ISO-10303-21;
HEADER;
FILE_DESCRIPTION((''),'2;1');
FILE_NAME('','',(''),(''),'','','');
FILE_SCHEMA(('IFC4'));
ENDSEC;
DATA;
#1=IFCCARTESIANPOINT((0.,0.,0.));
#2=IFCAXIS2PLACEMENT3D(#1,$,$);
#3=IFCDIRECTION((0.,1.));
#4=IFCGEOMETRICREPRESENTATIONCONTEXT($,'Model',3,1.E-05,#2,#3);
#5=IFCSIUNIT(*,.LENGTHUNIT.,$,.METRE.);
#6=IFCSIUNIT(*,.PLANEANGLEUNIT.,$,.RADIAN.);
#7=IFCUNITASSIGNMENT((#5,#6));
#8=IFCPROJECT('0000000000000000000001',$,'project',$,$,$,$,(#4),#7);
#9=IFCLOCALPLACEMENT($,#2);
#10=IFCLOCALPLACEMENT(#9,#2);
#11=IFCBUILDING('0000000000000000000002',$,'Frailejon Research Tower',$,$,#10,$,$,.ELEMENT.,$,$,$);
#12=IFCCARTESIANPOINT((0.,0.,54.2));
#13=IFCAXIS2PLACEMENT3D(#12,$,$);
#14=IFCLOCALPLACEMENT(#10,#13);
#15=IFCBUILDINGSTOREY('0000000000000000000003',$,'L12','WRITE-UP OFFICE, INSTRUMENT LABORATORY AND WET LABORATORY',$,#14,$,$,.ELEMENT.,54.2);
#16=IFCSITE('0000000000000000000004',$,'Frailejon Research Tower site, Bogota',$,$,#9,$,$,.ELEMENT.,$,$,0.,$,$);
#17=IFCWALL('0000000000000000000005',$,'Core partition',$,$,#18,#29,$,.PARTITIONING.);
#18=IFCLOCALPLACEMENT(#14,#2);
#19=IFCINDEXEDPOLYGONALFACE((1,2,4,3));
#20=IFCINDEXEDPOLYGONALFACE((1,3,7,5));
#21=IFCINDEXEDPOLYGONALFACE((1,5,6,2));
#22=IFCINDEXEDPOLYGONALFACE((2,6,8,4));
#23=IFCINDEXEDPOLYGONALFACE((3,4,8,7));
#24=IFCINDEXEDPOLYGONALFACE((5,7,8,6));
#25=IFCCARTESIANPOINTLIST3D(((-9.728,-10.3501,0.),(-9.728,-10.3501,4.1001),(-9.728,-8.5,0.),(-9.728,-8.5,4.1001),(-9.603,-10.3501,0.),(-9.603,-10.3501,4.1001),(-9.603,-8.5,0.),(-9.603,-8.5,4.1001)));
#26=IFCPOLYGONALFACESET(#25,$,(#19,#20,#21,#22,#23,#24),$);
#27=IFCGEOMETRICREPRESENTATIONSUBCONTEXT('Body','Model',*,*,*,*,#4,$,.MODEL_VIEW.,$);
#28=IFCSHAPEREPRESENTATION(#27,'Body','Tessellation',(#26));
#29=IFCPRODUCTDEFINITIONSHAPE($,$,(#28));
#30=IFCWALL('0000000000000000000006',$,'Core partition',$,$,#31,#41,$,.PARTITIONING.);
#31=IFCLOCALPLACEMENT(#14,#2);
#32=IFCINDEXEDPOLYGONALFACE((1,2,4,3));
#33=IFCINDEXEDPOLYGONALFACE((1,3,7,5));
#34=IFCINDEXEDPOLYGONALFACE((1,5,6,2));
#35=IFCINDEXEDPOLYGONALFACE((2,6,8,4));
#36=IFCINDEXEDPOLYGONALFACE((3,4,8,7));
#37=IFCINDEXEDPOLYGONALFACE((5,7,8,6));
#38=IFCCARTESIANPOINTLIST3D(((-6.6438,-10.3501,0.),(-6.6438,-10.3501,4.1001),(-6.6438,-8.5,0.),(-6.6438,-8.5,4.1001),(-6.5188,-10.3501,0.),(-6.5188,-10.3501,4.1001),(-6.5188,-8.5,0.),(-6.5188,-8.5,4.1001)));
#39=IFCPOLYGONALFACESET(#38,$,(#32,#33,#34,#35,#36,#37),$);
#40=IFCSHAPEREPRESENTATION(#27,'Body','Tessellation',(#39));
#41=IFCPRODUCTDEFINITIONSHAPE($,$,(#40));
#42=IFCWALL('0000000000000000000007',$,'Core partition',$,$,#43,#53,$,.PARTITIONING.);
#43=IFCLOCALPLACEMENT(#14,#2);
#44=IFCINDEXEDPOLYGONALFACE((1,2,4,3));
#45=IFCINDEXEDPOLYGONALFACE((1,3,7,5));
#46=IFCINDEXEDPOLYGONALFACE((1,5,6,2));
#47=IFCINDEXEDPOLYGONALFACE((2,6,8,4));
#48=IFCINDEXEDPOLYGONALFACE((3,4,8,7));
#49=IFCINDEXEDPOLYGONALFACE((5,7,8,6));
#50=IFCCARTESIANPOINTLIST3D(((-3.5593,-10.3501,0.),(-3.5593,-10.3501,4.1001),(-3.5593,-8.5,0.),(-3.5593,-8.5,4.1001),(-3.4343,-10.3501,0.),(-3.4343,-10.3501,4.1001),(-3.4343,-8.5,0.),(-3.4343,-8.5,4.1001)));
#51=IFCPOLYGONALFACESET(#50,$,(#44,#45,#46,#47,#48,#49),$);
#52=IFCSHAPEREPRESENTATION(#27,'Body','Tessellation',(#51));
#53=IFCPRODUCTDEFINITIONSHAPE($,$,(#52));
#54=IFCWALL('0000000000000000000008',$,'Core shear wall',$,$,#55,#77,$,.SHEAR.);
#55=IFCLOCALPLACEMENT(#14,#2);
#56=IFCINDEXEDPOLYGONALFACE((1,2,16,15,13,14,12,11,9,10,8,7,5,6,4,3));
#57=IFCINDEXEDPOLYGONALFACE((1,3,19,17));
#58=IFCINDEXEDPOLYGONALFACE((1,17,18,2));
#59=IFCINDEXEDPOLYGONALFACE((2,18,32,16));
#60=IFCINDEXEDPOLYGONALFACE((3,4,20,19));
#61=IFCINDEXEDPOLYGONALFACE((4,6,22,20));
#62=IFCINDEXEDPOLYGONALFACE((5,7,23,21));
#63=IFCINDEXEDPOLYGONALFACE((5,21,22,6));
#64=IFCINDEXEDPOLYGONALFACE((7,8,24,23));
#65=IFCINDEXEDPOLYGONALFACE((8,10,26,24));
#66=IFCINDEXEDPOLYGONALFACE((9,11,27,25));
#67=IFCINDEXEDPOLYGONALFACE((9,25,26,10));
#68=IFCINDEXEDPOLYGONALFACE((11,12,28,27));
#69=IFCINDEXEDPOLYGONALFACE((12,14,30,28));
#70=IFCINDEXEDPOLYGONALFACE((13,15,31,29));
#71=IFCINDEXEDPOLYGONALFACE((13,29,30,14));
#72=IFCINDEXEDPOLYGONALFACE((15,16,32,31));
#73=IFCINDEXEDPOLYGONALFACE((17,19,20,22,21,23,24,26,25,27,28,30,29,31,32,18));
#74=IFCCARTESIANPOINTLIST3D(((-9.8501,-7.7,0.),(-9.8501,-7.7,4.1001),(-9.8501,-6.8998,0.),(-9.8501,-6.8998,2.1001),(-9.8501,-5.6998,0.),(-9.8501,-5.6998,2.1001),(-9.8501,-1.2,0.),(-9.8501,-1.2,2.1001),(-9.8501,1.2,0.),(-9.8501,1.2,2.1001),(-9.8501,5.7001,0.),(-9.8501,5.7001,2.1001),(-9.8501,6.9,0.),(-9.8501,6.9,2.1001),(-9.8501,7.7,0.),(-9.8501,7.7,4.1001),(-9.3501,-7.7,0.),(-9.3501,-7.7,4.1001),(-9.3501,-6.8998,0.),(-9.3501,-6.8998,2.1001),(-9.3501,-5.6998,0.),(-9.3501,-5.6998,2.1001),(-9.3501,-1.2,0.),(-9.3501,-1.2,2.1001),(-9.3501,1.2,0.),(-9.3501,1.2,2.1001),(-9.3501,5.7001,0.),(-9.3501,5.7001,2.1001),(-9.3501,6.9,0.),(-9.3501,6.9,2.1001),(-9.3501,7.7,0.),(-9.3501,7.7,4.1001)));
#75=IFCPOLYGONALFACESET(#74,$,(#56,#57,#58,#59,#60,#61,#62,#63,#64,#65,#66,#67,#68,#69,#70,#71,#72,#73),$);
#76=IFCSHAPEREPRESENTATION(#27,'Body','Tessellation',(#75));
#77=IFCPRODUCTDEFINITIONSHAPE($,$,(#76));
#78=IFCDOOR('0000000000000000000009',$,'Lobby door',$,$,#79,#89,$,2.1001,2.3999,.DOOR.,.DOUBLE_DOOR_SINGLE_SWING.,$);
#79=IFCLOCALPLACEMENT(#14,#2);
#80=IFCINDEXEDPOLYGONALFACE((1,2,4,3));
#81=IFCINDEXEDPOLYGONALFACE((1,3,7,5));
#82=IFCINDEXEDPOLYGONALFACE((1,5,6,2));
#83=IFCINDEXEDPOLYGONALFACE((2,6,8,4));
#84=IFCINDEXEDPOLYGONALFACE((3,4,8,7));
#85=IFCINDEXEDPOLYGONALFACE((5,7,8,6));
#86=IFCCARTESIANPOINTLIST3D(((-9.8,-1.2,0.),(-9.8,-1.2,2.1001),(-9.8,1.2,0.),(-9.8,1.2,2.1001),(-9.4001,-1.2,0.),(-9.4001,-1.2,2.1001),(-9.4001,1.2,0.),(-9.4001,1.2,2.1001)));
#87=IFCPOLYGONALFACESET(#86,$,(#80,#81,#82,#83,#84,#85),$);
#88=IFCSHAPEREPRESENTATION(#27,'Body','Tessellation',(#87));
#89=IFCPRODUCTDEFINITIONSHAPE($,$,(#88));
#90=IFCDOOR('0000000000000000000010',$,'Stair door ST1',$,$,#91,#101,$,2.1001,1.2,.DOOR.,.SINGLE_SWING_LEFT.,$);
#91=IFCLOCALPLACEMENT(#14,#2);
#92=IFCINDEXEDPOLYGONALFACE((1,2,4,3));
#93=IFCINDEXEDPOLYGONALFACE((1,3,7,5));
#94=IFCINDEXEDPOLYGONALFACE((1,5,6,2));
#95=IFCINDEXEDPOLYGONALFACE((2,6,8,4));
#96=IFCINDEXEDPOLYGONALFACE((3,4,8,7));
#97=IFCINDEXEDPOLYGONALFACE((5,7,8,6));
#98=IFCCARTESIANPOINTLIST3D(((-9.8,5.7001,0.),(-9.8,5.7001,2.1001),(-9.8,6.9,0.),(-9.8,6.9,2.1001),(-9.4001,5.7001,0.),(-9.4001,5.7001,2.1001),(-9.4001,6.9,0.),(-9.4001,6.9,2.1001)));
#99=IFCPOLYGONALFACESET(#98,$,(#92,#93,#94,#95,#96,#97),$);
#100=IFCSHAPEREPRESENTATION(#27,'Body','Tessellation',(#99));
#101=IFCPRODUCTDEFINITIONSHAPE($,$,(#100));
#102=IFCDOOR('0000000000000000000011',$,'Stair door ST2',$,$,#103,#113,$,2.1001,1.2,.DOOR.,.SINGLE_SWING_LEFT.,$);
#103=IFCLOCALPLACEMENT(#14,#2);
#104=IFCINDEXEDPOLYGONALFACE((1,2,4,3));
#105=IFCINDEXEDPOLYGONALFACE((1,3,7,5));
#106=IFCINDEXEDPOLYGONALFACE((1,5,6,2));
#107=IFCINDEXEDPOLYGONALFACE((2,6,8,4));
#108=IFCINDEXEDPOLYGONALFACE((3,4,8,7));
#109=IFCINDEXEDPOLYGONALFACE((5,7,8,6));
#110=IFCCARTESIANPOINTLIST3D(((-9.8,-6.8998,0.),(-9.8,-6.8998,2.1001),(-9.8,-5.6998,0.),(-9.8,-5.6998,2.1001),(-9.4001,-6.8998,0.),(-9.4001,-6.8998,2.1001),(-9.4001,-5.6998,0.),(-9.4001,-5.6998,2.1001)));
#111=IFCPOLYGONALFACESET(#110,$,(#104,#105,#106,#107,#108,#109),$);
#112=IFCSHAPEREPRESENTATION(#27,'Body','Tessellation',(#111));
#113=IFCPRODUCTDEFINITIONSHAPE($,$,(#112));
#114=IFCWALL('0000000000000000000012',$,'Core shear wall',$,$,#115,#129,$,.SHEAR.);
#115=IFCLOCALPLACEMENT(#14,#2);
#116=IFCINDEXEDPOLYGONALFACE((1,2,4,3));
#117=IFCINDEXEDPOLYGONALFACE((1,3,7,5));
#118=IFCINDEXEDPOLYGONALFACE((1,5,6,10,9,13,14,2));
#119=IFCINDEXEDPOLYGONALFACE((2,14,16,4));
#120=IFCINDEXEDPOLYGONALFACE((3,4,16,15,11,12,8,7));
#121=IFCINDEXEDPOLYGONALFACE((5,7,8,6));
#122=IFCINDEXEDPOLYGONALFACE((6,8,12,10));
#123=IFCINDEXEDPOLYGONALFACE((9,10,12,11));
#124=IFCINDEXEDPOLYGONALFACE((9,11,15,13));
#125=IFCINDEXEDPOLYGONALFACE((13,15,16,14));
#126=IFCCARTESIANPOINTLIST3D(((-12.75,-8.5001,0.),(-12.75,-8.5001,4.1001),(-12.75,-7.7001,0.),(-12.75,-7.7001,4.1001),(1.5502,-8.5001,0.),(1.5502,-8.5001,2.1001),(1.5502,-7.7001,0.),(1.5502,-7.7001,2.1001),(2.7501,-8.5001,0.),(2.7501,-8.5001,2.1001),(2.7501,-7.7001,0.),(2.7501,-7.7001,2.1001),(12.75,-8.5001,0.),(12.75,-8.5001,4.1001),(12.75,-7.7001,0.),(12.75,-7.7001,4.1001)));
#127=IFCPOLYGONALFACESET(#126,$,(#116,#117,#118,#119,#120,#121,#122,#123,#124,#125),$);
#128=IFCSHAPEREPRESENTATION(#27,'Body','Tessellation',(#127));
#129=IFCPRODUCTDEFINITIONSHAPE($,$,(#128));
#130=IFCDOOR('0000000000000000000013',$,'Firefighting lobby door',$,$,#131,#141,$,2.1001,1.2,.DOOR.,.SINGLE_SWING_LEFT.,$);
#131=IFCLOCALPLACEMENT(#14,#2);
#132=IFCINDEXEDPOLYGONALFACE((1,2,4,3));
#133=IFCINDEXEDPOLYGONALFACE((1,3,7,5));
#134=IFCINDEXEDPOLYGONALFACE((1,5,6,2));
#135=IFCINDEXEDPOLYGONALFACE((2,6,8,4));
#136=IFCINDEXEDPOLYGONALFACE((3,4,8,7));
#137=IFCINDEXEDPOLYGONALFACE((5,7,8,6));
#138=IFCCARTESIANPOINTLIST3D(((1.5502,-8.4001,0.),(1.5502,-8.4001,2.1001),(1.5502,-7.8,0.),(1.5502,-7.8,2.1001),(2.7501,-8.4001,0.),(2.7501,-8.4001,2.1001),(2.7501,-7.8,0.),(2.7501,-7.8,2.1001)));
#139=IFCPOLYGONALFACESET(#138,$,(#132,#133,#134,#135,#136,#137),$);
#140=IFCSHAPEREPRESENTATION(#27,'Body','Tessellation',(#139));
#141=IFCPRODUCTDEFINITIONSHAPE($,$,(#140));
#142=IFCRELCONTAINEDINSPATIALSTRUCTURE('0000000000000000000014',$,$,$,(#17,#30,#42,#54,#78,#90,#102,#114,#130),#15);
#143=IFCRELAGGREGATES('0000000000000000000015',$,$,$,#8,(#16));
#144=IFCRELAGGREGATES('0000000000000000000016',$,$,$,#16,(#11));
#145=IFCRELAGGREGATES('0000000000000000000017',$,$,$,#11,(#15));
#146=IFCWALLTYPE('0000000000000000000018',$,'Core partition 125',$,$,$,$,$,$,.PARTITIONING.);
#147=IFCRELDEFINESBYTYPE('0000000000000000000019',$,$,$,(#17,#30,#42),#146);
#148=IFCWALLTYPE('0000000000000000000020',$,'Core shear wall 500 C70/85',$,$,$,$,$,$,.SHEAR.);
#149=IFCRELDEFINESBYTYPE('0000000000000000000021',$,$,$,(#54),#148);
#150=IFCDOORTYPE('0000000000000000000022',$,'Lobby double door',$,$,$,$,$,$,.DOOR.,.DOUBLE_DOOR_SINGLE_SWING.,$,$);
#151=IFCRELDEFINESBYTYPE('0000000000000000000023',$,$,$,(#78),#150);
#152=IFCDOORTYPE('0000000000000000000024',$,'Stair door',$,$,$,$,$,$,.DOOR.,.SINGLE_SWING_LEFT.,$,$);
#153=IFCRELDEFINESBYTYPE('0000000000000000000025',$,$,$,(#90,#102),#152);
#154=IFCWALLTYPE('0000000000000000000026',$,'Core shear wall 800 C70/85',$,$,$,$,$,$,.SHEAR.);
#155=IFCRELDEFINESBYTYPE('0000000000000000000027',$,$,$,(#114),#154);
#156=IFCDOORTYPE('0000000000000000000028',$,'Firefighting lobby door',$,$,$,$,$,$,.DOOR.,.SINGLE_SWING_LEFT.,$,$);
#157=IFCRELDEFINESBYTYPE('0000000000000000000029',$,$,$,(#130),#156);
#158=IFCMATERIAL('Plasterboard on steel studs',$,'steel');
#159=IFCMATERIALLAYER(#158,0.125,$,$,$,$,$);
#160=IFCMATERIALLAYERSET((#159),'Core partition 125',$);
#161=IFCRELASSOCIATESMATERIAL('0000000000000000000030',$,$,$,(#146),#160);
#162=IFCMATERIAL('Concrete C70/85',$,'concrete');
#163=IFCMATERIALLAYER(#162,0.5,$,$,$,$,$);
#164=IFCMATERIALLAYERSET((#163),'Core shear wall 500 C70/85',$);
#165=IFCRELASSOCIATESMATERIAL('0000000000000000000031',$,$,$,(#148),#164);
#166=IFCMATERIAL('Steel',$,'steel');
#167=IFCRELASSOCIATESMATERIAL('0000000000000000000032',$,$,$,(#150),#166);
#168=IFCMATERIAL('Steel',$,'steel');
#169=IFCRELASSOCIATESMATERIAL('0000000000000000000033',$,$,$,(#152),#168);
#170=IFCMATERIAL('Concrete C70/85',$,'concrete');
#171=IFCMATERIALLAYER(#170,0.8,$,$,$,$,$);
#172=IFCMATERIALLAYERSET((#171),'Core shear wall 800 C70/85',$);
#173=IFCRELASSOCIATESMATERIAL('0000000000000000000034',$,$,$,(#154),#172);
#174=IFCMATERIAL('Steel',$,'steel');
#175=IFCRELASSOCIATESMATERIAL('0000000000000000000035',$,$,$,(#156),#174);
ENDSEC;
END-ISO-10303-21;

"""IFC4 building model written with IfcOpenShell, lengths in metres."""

from ifc_helpers import new_model, si_unit, direction, frame, frame_2d, origin, place, context, subcontext, project, spatial, rectangle, extrude, material, layer, layer_set, type_object, element, fill, save


model = new_model("IFC4")

# Units and contexts
model_context = context("Model", 3, precision=1e-05, world=origin(), true_north=direction((0.0, 1.0)))
body_context = subcontext(model_context, "Body", "Model", "MODEL_VIEW")
ifc_project = project(units=[si_unit("LENGTHUNIT", "METRE"), si_unit("PLANEANGLEUNIT", "RADIAN")], contexts=[model_context])

# Site, building, storey
site_placement = place(None, origin())
site = spatial("IfcSite", under=ifc_project, at=site_placement, Name="Frailejon Research Tower site, Bogota", CompositionType="ELEMENT", RefElevation=0.0)
building_placement = place(site_placement, origin())
building = spatial("IfcBuilding", under=site, at=building_placement, Name="Frailejon Research Tower", CompositionType="ELEMENT")
storey_placement = place(building_placement, frame((0.0, 0.0, 54.2)))
storey = spatial("IfcBuildingStorey", under=building, at=storey_placement, Name="L12", Description="WRITE-UP OFFICE, INSTRUMENT LABORATORY AND WET LABORATORY", CompositionType="ELEMENT", Elevation=54.2)

# Walls
ifc_material_1 = material(Name="Plasterboard on steel studs", Category="steel")
ifc_layer_1 = layer(ifc_material_1, 0.125)
ifc_layer_set_1 = layer_set([ifc_layer_1], Name="Core partition 125")
wall_type_1 = type_object("IfcWallType", Name="Core partition 125", PredefinedType="PARTITIONING", material=ifc_layer_set_1)
for number, where, z_axis, x_axis, name in (
    (1, (-9.6655, -10.3501, 0.0), (0.0, 0.0, 1.0), (0.0, 1.0, 0.0), "Core partition"),
    (2, (-6.5813, -10.3501, 0.0), (0.0, 0.0, 1.0), (0.0, 1.0, 0.0), "Core partition"),
    (3, (-3.4968, -10.3501, 0.0), (0.0, 0.0, 1.0), (0.0, 1.0, 0.0), "Core partition"),
):
    element("IfcWall", number, at=place(storey_placement, frame(where, z_axis=z_axis, x_axis=x_axis)), inside=storey, type_object=wall_type_1, Name=name, PredefinedType="PARTITIONING", context=body_context, shape_type="SweptSolid", body=[
        extrude(rectangle(XDim=1.8501, YDim=0.125, at=frame_2d((0.925, 0.0))), origin(), (0.0, 0.0, 1.0), 4.1001),
    ])

# Wall, openings, doors
ifc_material_2 = material(Name="Concrete C70/85", Category="concrete")
ifc_layer_2 = layer(ifc_material_2, 0.5)
ifc_layer_set_2 = layer_set([ifc_layer_2], Name="Core shear wall 500 C70/85")
wall_type_2 = type_object("IfcWallType", Name="Core shear wall 500 C70/85", PredefinedType="SHEAR", material=ifc_layer_set_2)
wall_1_placement = place(storey_placement, frame((-9.6001, -7.7, 0.0), z_axis=(0.0, 0.0, 1.0), x_axis=(0.0, 1.0, 0.0)))
wall_1 = element("IfcWall", 4, at=wall_1_placement, inside=storey, type_object=wall_type_2, Name="Core shear wall", PredefinedType="SHEAR", context=body_context, shape_type="SweptSolid", body=[
    extrude(rectangle(XDim=15.3999, YDim=0.5, at=frame_2d((7.7, 0.0))), origin(), (0.0, 0.0, 1.0), 4.1001),
])
opening_1_placement = place(wall_1_placement, frame((6.5, 0.0, 0.0)))
opening_1 = element("IfcOpeningElement", 5, at=opening_1_placement, cuts=wall_1, PredefinedType="OPENING", context=body_context, shape_type="SweptSolid", body=[
    extrude(rectangle(XDim=2.3999, YDim=2.1001, at=frame_2d((1.2, 1.05))), frame((0.0, 0.26, 0.0), z_axis=(0.0, -1.0, 0.0), x_axis=(1.0, 0.0, 0.0)), (0.0, 0.0, 1.0), 0.52),
])
opening_2_placement = place(wall_1_placement, frame((13.3999, 0.0, 0.0)))
opening_2 = element("IfcOpeningElement", 6, at=opening_2_placement, cuts=wall_1, PredefinedType="OPENING", context=body_context, shape_type="SweptSolid", body=[
    extrude(rectangle(XDim=1.2, YDim=2.1001, at=frame_2d((0.6001, 1.05))), frame((0.0, 0.26, 0.0), z_axis=(0.0, -1.0, 0.0), x_axis=(1.0, 0.0, 0.0)), (0.0, 0.0, 1.0), 0.52),
])
opening_3_placement = place(wall_1_placement, frame((0.8, 0.0, 0.0)))
opening_3 = element("IfcOpeningElement", 7, at=opening_3_placement, cuts=wall_1, PredefinedType="OPENING", context=body_context, shape_type="SweptSolid", body=[
    extrude(rectangle(XDim=1.2, YDim=2.1001, at=frame_2d((0.6001, 1.05))), frame((0.0, 0.26, 0.0), z_axis=(0.0, -1.0, 0.0), x_axis=(1.0, 0.0, 0.0)), (0.0, 0.0, 1.0), 0.52),
])
ifc_material_3 = material(Name="Steel", Category="steel")
door_type_1 = type_object("IfcDoorType", Name="Lobby double door", OperationType="DOUBLE_DOOR_SINGLE_SWING", PredefinedType="DOOR", material=ifc_material_3)
door_1_placement = place(opening_1_placement, origin())
door_1 = element("IfcDoor", 8, at=door_1_placement, inside=storey, type_object=door_type_1, Name="Lobby door", OperationType="DOUBLE_DOOR_SINGLE_SWING", OverallHeight=2.1001, OverallWidth=2.3999, PredefinedType="DOOR", context=body_context, shape_type="SweptSolid", body=[
    extrude(rectangle(XDim=2.3999, YDim=2.1001, at=frame_2d((1.2, 1.05))), frame((0.0, 0.2, 0.0), z_axis=(0.0, -1.0, 0.0), x_axis=(1.0, 0.0, 0.0)), (0.0, 0.0, 1.0), 0.3999),
])
fill(opening_1, door_1)
ifc_material_4 = material(Name="Steel", Category="steel")
door_type_2 = type_object("IfcDoorType", Name="Stair door", OperationType="SINGLE_SWING_LEFT", PredefinedType="DOOR", material=ifc_material_4)
door_2_placement = place(opening_2_placement, origin())
door_2 = element("IfcDoor", 9, at=door_2_placement, inside=storey, type_object=door_type_2, Name="Stair door ST1", OperationType="SINGLE_SWING_LEFT", OverallHeight=2.1001, OverallWidth=1.2, PredefinedType="DOOR", context=body_context, shape_type="SweptSolid", body=[
    extrude(rectangle(XDim=1.2, YDim=2.1001, at=frame_2d((0.6001, 1.05))), frame((0.0, 0.2, 0.0), z_axis=(0.0, -1.0, 0.0), x_axis=(1.0, 0.0, 0.0)), (0.0, 0.0, 1.0), 0.3999),
])
fill(opening_2, door_2)
door_3_placement = place(opening_3_placement, origin())
door_3 = element("IfcDoor", 10, at=door_3_placement, inside=storey, type_object=door_type_2, Name="Stair door ST2", OperationType="SINGLE_SWING_LEFT", OverallHeight=2.1001, OverallWidth=1.2, PredefinedType="DOOR", context=body_context, shape_type="SweptSolid", body=[
    extrude(rectangle(XDim=1.2, YDim=2.1001, at=frame_2d((0.6001, 1.05))), frame((0.0, 0.2, 0.0), z_axis=(0.0, -1.0, 0.0), x_axis=(1.0, 0.0, 0.0)), (0.0, 0.0, 1.0), 0.3999),
])
fill(opening_3, door_3)

# Wall, opening, door
ifc_material_5 = material(Name="Concrete C70/85", Category="concrete")
ifc_layer_3 = layer(ifc_material_5, 0.8)
ifc_layer_set_3 = layer_set([ifc_layer_3], Name="Core shear wall 800 C70/85")
wall_type_3 = type_object("IfcWallType", Name="Core shear wall 800 C70/85", PredefinedType="SHEAR", material=ifc_layer_set_3)
wall_2_placement = place(storey_placement, frame((-12.75, -8.1001, 0.0), z_axis=(0.0, 0.0, 1.0), x_axis=(1.0, 0.0, 0.0)))
wall_2 = element("IfcWall", 11, at=wall_2_placement, inside=storey, type_object=wall_type_3, Name="Core shear wall", PredefinedType="SHEAR", context=body_context, shape_type="SweptSolid", body=[
    extrude(rectangle(XDim=25.5, YDim=0.8, at=frame_2d((12.75, 0.0))), origin(), (0.0, 0.0, 1.0), 4.1001),
])
opening_4_placement = place(wall_2_placement, frame((14.3, 0.0, 0.0)))
opening_4 = element("IfcOpeningElement", 12, at=opening_4_placement, cuts=wall_2, PredefinedType="OPENING", context=body_context, shape_type="SweptSolid", body=[
    extrude(rectangle(XDim=1.2, YDim=2.1001, at=frame_2d((0.6001, 1.05))), frame((0.0, 0.4099, 0.0), z_axis=(0.0, -1.0, 0.0), x_axis=(1.0, 0.0, 0.0)), (0.0, 0.0, 1.0), 0.8201),
])
ifc_material_6 = material(Name="Steel", Category="steel")
door_type_3 = type_object("IfcDoorType", Name="Firefighting lobby door", OperationType="SINGLE_SWING_LEFT", PredefinedType="DOOR", material=ifc_material_6)
door_4_placement = place(opening_4_placement, origin())
door_4 = element("IfcDoor", 13, at=door_4_placement, inside=storey, type_object=door_type_3, Name="Firefighting lobby door", OperationType="SINGLE_SWING_LEFT", OverallHeight=2.1001, OverallWidth=1.2, PredefinedType="DOOR", context=body_context, shape_type="SweptSolid", body=[
    extrude(rectangle(XDim=1.2, YDim=2.1001, at=frame_2d((0.6001, 1.05))), frame((0.0, 0.3, 0.0), z_axis=(0.0, -1.0, 0.0), x_axis=(1.0, 0.0, 0.0)), (0.0, 0.0, 1.0), 0.6001),
])
fill(opening_4, door_4)

save(model, "model.ifc")
